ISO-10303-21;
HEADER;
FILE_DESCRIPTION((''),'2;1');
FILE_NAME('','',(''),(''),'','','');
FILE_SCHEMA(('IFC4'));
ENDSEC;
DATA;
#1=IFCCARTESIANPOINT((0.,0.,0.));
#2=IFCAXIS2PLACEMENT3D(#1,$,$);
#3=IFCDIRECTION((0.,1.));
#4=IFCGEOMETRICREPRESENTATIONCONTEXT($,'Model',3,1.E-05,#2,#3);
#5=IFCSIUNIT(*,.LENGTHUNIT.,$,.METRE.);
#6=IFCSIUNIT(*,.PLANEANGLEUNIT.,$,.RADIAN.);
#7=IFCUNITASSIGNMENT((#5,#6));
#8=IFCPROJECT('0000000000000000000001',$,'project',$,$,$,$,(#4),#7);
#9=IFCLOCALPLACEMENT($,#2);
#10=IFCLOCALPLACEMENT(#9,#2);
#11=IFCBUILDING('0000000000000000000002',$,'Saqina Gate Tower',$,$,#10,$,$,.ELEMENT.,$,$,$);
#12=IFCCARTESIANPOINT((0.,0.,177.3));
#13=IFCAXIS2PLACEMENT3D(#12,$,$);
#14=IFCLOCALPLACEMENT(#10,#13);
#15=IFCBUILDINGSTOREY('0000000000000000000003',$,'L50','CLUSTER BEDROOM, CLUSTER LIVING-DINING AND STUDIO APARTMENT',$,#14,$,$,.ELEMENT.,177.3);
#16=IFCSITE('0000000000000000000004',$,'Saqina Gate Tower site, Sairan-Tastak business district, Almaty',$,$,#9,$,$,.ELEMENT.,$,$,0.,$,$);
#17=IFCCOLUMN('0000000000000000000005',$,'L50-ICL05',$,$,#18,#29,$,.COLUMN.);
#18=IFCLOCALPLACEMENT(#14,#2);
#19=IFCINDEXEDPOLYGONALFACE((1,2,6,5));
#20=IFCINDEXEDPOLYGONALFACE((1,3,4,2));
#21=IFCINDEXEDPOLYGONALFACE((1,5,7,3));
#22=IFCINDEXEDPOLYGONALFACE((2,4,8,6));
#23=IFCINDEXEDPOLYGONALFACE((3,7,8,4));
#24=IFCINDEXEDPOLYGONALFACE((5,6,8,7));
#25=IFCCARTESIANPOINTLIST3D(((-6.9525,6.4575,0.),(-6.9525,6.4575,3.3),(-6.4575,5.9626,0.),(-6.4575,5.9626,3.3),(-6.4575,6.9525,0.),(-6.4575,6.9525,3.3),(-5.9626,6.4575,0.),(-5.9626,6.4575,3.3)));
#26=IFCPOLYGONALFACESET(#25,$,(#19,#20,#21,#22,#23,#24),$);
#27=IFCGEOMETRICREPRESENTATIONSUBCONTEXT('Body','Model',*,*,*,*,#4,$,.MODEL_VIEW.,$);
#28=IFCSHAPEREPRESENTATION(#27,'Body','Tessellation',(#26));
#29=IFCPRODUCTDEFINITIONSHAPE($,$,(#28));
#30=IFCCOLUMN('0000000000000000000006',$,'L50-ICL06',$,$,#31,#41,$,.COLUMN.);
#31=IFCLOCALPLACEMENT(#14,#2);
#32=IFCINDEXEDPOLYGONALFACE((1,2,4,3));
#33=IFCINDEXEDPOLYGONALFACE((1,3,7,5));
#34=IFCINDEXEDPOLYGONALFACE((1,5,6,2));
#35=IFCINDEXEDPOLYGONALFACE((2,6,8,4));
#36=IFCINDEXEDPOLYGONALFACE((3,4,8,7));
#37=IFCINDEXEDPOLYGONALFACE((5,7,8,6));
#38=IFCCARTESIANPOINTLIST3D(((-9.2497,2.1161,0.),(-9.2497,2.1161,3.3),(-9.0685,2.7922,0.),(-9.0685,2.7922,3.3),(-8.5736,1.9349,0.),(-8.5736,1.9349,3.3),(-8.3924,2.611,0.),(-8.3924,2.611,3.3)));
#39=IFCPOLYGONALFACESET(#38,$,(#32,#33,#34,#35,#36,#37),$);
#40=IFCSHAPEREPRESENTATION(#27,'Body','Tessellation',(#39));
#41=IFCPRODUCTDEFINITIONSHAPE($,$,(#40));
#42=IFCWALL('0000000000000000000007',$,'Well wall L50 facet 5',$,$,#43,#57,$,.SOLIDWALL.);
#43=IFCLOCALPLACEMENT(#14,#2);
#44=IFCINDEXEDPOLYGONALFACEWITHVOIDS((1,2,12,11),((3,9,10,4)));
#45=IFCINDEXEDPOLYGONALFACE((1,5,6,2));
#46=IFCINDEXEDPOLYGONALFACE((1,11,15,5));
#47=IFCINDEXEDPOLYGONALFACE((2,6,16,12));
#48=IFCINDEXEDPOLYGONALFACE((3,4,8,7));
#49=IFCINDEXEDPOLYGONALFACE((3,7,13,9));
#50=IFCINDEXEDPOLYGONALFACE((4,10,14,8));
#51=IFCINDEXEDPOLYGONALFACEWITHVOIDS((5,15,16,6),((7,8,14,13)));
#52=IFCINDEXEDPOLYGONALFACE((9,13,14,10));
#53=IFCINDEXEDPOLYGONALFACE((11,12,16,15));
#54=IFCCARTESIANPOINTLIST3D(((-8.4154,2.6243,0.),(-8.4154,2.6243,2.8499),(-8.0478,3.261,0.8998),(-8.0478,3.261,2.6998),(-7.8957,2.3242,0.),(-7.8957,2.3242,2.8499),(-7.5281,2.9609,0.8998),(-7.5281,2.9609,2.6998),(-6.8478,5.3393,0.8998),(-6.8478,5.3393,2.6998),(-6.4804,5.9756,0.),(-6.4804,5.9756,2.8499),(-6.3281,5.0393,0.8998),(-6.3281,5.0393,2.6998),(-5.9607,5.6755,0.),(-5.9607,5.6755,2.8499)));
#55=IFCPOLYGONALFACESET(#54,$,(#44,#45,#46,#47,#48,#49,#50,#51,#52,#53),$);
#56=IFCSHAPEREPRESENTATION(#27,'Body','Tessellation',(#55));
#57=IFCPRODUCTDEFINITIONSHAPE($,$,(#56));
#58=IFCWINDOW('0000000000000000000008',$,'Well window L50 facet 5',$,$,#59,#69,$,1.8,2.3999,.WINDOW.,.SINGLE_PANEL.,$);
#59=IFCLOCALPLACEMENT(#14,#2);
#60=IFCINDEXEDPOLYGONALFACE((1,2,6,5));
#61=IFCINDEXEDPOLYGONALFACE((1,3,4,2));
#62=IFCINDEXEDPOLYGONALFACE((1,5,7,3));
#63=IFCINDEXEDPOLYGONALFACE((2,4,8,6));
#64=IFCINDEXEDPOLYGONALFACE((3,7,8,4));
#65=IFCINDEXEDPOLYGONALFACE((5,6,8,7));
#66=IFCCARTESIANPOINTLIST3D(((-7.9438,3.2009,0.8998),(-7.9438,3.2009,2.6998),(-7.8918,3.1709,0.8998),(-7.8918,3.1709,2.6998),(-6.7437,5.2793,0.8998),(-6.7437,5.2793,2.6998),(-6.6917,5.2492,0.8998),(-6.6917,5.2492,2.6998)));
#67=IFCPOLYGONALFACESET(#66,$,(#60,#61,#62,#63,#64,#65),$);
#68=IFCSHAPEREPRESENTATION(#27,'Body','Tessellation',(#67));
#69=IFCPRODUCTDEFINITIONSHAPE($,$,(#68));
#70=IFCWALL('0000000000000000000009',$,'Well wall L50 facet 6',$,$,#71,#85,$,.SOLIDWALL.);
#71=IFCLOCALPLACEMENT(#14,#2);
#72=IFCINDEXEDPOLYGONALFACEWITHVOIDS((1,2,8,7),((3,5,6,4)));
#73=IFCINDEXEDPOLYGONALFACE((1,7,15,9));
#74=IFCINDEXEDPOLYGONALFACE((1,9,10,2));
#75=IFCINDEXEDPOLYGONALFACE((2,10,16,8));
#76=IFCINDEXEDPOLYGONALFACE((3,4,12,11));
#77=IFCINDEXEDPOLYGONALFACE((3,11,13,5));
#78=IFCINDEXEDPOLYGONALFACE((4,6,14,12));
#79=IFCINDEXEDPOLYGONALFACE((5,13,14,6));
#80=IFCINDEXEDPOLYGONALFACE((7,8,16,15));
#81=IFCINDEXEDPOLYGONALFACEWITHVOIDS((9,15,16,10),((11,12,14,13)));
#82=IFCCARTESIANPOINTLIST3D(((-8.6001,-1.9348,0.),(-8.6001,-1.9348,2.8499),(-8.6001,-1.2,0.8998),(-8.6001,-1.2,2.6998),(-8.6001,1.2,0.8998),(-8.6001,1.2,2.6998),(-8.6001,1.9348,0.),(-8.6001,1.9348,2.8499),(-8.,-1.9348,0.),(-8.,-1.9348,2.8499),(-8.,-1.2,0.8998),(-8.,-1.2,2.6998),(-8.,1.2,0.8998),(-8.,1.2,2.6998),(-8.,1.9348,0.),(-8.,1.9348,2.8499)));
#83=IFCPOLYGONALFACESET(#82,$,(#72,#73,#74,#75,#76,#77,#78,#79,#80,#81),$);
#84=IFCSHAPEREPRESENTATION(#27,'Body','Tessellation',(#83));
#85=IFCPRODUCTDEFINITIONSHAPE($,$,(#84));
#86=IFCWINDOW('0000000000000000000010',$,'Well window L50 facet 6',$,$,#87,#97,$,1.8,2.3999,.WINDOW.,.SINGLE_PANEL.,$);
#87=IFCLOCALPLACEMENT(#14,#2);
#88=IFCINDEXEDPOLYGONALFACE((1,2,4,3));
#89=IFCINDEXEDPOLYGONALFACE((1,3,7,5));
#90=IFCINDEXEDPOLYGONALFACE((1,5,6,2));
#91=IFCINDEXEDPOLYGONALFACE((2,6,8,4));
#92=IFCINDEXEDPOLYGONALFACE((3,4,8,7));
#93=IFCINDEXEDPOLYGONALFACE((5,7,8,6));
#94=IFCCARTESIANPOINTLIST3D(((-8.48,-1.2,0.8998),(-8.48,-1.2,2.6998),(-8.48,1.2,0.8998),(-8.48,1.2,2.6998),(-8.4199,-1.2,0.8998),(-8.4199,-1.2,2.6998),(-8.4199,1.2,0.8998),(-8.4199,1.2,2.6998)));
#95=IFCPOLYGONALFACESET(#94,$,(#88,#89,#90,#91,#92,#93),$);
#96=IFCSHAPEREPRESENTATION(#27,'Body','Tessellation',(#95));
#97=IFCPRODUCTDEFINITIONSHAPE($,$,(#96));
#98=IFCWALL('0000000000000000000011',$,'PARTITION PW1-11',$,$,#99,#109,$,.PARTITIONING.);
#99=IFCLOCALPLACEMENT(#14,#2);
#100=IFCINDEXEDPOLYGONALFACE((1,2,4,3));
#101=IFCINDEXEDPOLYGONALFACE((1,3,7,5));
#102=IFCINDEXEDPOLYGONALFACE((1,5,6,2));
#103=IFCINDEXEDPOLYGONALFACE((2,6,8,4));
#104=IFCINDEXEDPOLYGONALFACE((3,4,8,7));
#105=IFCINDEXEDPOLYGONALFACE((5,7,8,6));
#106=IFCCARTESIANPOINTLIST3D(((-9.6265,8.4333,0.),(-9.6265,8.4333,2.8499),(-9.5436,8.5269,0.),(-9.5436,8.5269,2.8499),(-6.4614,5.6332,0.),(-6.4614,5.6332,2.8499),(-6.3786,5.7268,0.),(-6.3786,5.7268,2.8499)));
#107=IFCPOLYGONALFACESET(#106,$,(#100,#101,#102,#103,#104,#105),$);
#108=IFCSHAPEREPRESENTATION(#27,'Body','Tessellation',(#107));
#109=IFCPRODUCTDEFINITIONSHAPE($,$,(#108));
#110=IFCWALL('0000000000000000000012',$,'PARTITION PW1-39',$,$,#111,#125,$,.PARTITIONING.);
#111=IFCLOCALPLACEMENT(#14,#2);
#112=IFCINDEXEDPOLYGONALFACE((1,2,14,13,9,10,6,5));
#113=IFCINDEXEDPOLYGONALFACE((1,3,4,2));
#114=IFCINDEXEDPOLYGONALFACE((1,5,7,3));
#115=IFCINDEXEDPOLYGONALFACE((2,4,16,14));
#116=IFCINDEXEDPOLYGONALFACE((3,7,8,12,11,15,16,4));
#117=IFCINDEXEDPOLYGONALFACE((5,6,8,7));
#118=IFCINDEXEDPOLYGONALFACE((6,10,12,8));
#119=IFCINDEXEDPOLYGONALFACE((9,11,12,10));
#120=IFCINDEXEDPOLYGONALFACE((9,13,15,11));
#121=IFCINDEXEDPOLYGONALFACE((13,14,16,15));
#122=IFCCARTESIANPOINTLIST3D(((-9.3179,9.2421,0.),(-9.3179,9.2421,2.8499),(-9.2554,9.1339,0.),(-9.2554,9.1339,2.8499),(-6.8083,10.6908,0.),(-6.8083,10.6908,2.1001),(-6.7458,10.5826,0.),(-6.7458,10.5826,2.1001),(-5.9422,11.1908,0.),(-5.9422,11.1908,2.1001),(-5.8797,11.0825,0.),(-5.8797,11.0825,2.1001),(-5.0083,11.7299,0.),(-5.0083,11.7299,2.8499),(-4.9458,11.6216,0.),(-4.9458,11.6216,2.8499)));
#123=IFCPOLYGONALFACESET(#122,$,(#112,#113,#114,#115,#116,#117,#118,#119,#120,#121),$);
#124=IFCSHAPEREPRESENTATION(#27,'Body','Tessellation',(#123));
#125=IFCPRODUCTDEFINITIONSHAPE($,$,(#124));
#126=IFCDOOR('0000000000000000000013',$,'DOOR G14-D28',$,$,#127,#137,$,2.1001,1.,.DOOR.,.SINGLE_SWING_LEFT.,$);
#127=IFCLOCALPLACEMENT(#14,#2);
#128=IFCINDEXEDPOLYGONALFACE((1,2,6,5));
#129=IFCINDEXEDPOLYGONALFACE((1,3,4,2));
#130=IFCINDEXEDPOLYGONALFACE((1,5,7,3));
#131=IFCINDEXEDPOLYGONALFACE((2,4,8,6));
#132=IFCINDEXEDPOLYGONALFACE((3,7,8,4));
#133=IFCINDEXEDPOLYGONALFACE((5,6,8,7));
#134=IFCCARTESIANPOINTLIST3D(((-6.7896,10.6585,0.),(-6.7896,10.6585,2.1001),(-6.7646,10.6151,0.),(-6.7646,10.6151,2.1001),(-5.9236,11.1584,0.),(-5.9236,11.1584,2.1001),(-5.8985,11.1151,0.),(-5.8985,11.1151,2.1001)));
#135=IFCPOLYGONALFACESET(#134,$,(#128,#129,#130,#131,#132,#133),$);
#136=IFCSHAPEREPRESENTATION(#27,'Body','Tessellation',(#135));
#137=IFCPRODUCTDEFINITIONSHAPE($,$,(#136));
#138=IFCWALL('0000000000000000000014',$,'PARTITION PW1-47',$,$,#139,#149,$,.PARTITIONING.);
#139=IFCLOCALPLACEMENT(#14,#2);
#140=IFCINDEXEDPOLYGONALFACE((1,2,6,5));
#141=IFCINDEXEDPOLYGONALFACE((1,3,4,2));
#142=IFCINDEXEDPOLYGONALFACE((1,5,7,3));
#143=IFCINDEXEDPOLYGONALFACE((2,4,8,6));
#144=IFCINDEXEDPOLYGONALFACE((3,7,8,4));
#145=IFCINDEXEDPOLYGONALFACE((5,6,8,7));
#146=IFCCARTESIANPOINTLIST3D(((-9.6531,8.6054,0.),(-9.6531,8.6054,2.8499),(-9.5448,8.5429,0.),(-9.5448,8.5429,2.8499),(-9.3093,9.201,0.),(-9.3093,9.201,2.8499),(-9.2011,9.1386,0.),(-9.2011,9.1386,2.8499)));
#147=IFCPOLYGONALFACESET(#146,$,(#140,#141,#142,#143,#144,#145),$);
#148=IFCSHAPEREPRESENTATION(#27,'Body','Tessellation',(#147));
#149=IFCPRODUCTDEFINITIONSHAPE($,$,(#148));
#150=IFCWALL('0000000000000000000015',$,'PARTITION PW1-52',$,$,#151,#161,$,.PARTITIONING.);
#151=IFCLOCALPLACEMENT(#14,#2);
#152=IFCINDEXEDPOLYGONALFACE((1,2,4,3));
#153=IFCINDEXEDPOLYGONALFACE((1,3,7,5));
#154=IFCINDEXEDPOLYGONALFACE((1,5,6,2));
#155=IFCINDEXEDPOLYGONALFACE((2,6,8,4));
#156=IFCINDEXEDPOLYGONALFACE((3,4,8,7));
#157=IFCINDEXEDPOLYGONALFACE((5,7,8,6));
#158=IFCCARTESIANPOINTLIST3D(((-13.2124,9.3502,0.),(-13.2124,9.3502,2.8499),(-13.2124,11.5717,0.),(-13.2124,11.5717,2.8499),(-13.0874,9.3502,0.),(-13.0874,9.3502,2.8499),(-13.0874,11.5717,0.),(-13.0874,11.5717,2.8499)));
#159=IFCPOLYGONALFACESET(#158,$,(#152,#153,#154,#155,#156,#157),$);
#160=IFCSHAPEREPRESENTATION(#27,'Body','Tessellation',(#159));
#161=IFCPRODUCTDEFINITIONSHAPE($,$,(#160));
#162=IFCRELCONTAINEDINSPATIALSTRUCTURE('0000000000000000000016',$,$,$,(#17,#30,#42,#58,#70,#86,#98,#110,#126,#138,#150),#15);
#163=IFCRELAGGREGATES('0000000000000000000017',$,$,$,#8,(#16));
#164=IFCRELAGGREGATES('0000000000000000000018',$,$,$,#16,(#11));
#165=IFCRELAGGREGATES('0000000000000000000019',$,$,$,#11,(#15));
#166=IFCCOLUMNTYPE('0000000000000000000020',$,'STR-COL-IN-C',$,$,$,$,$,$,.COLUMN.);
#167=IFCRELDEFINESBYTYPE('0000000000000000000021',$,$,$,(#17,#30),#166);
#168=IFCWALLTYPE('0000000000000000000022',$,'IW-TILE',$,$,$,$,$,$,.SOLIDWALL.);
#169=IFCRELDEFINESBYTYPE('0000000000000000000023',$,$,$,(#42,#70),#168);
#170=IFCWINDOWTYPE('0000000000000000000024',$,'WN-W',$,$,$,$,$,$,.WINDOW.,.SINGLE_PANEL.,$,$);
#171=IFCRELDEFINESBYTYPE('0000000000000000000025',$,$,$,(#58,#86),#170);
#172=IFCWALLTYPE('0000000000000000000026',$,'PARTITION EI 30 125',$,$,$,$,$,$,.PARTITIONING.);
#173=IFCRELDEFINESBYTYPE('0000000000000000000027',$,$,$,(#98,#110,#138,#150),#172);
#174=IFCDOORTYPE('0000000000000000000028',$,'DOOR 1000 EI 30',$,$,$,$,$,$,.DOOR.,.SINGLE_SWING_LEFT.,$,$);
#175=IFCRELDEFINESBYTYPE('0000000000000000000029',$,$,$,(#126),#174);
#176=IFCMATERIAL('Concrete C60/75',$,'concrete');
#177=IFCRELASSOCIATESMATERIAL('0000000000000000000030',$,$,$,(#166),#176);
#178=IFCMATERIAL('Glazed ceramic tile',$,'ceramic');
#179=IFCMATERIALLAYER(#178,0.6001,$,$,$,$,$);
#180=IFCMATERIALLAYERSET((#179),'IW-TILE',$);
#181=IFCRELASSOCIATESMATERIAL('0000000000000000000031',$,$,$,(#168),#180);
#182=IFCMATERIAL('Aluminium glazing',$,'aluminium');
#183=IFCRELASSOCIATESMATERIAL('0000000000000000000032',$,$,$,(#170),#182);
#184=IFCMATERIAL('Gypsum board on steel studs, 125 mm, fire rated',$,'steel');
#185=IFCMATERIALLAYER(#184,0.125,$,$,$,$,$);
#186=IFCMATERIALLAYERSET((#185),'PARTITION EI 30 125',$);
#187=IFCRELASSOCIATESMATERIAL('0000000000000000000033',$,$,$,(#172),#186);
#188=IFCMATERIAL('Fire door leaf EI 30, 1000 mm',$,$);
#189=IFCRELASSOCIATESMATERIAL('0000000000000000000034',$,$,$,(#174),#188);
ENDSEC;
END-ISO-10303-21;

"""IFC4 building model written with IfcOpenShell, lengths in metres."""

from ifc_helpers import new_model, si_unit, direction, frame, frame_2d, origin, origin_2d, place, context, subcontext, project, spatial, rectangle, extrude, material, layer, layer_set, material_profile, profile_set, type_object, element, fill, save


model = new_model("IFC4")

# Units and contexts
model_context = context("Model", 3, precision=1e-05, world=origin(), true_north=direction((0.0, 1.0)))
body_context = subcontext(model_context, "Body", "Model", "MODEL_VIEW")
ifc_project = project(units=[si_unit("LENGTHUNIT", "METRE"), si_unit("PLANEANGLEUNIT", "RADIAN")], contexts=[model_context])

# Site, building, storey
site_placement = place(None, origin())
site = spatial("IfcSite", under=ifc_project, at=site_placement, Name="Saqina Gate Tower site, Sairan-Tastak business district, Almaty", CompositionType="ELEMENT", RefElevation=0.0)
building_placement = place(site_placement, origin())
building = spatial("IfcBuilding", under=site, at=building_placement, Name="Saqina Gate Tower", CompositionType="ELEMENT")
storey_placement = place(building_placement, frame((0.0, 0.0, 177.3)))
storey = spatial("IfcBuildingStorey", under=building, at=storey_placement, Name="L50", Description="CLUSTER BEDROOM, CLUSTER LIVING-DINING AND STUDIO APARTMENT", CompositionType="ELEMENT", Elevation=177.3)

# Columns
ifc_material_1 = material(Name="Concrete C60/75", Category="concrete")
ifc_material_profile = material_profile(ifc_material_1, rectangle(XDim=0.7, YDim=0.7, at=origin_2d()), Name="RC 700x700")
ifc_profile_set = profile_set([ifc_material_profile], Name="Concrete C60/75")
column_type = type_object("IfcColumnType", Name="STR-COL-IN-C", PredefinedType="COLUMN", material=ifc_profile_set)
for number, where, z_axis, x_axis, name in (
    (1, (-6.4575, 6.4575, 0.0), (0.0, 0.0, 1.0), (-0.707107, 0.707107, 0.0), "L50-ICL05"),
    (2, (-8.821, 2.3635, 0.0), (0.0, 0.0, 1.0), (-0.965926, 0.258819, 0.0), "L50-ICL06"),
):
    element("IfcColumn", number, at=place(storey_placement, frame(where, z_axis=z_axis, x_axis=x_axis)), inside=storey, type_object=column_type, Name=name, PredefinedType="COLUMN", context=body_context, shape_type="SweptSolid", body=[
        extrude(rectangle(XDim=0.7, YDim=0.7, at=origin_2d()), origin(), (0.0, 0.0, 1.0), 3.3),
    ])

# Walls, openings, windows
ifc_material_2 = material(Name="Glazed ceramic tile", Category="ceramic")
ifc_layer_1 = layer(ifc_material_2, 0.6001)
ifc_layer_set_1 = layer_set([ifc_layer_1], Name="IW-TILE")
wall_type_1 = type_object("IfcWallType", Name="IW-TILE", PredefinedType="SOLIDWALL", material=ifc_layer_set_1)
wall_1_placement = place(storey_placement, frame((-6.2205, 5.8257, 0.0), z_axis=(0.0, 0.0, 1.0), x_axis=(-0.500034, -0.866006, 0.0)))
wall_1 = element("IfcWall", 3, at=wall_1_placement, inside=storey, type_object=wall_type_1, Name="Well wall L50 facet 5", PredefinedType="SOLIDWALL", context=body_context, shape_type="SweptSolid", body=[
    extrude(rectangle(XDim=3.8699, YDim=0.6001, at=frame_2d((1.9351, 0.0))), origin(), (0.0, 0.0, 1.0), 2.8499),
])
opening_1_placement = place(wall_1_placement, frame((0.7349, 0.0, 0.8999)))
opening_1 = element("IfcOpeningElement", 4, at=opening_1_placement, cuts=wall_1, PredefinedType="OPENING", context=body_context, shape_type="SweptSolid", body=[
    extrude(rectangle(XDim=2.3999, YDim=1.8, at=frame_2d((1.2, 0.8999))), frame((0.0, 0.312, 0.0), z_axis=(0.0, -1.0, 0.0), x_axis=(1.0, 0.0, 0.0)), (0.0, 0.0, 1.0), 0.624),
])
ifc_material_3 = material(Name="Aluminium glazing", Category="aluminium")
window_type = type_object("IfcWindowType", Name="WN-W", PartitioningType="SINGLE_PANEL", PredefinedType="WINDOW", material=ifc_material_3)
window_1_placement = place(opening_1_placement, origin())
window_1 = element("IfcWindow", 5, at=window_1_placement, inside=storey, type_object=window_type, Name="Well window L50 facet 5", OverallHeight=1.8, OverallWidth=2.3999, PartitioningType="SINGLE_PANEL", PredefinedType="WINDOW", context=body_context, shape_type="SweptSolid", body=[
    extrude(rectangle(XDim=2.3999, YDim=1.8, at=frame_2d((1.2, 0.8999))), frame((0.0, -0.1199, 0.0), z_axis=(0.0, -1.0, 0.0), x_axis=(1.0, 0.0, 0.0)), (0.0, 0.0, 1.0), 0.0601),
])
fill(opening_1, window_1)
wall_2_placement = place(storey_placement, frame((-8.3, 1.9348, 0.0), z_axis=(0.0, 0.0, 1.0), x_axis=(0.0, -1.0, 0.0)))
wall_2 = element("IfcWall", 6, at=wall_2_placement, inside=storey, type_object=wall_type_1, Name="Well wall L50 facet 6", PredefinedType="SOLIDWALL", context=body_context, shape_type="SweptSolid", body=[
    extrude(rectangle(XDim=3.8696, YDim=0.6001, at=frame_2d((1.9348, 0.0))), origin(), (0.0, 0.0, 1.0), 2.8499),
])
opening_2_placement = place(wall_2_placement, frame((0.7349, 0.0, 0.8999)))
opening_2 = element("IfcOpeningElement", 7, at=opening_2_placement, cuts=wall_2, PredefinedType="OPENING", context=body_context, shape_type="SweptSolid", body=[
    extrude(rectangle(XDim=2.3999, YDim=1.8, at=frame_2d((1.2, 0.8999))), frame((0.0, 0.312, 0.0), z_axis=(0.0, -1.0, 0.0), x_axis=(1.0, 0.0, 0.0)), (0.0, 0.0, 1.0), 0.624),
])
window_2_placement = place(opening_2_placement, origin())
window_2 = element("IfcWindow", 8, at=window_2_placement, inside=storey, type_object=window_type, Name="Well window L50 facet 6", OverallHeight=1.8, OverallWidth=2.3999, PartitioningType="SINGLE_PANEL", PredefinedType="WINDOW", context=body_context, shape_type="SweptSolid", body=[
    extrude(rectangle(XDim=2.3999, YDim=1.8, at=frame_2d((1.2, 0.8999))), frame((0.0, -0.1199, 0.0), z_axis=(0.0, -1.0, 0.0), x_axis=(1.0, 0.0, 0.0)), (0.0, 0.0, 1.0), 0.0601),
])
fill(opening_2, window_2)

# Wall
ifc_material_4 = material(Name="Gypsum board on steel studs, 125 mm, fire rated", Category="steel")
ifc_layer_2 = layer(ifc_material_4, 0.125)
ifc_layer_set_2 = layer_set([ifc_layer_2], Name="PARTITION EI 30 125")
wall_type_2 = type_object("IfcWallType", Name="PARTITION EI 30 125", PredefinedType="PARTITIONING", material=ifc_layer_set_2)
wall_3_placement = place(storey_placement, frame((-9.585, 8.48, 0.0), z_axis=(0.0, 0.0, 1.0), x_axis=(0.748972, -0.662601, 0.0)))
element("IfcWall", 9, at=wall_3_placement, inside=storey, type_object=wall_type_2, Name="PARTITION PW1-11", PredefinedType="PARTITIONING", context=body_context, shape_type="SweptSolid", body=[
    extrude(rectangle(XDim=4.2258, YDim=0.125, at=frame_2d((2.1128, 0.0))), origin(), (0.0, 0.0, 1.0), 2.8499),
])

# Wall, opening, door
wall_4_placement = place(storey_placement, frame((-9.2866, 9.188, 0.0), z_axis=(0.0, 0.0, 1.0), x_axis=(0.866055, 0.499949, 0.0)))
wall_4 = element("IfcWall", 10, at=wall_4_placement, inside=storey, type_object=wall_type_2, Name="PARTITION PW1-39", PredefinedType="PARTITIONING", context=body_context, shape_type="SweptSolid", body=[
    extrude(rectangle(XDim=4.9761, YDim=0.125, at=frame_2d((2.488, 0.0))), origin(), (0.0, 0.0, 1.0), 2.8499),
])
opening_3_placement = place(wall_4_placement, frame((2.8977, 0.0, 0.0)))
opening_3 = element("IfcOpeningElement", 11, at=opening_3_placement, cuts=wall_4, PredefinedType="OPENING", context=body_context, shape_type="SweptSolid", body=[
    extrude(rectangle(XDim=1.0, YDim=2.1001, at=frame_2d((0.5, 1.05))), frame((0.0, 0.0745, 0.0), z_axis=(0.0, -1.0, 0.0), x_axis=(1.0, 0.0, 0.0)), (0.0, 0.0, 1.0), 0.1489),
])
ifc_material_5 = material(Name="Fire door leaf EI 30, 1000 mm")
door_type_1 = type_object("IfcDoorType", Name="DOOR 1000 EI 30", OperationType="SINGLE_SWING_LEFT", PredefinedType="DOOR", material=ifc_material_5)
door_1_placement = place(opening_3_placement, frame((1.0, 0.0, 0.0), z_axis=(0.0, 0.0, 1.0), x_axis=(-1.0, 0.0, 0.0)))
door_1 = element("IfcDoor", 12, at=door_1_placement, inside=storey, type_object=door_type_1, Name="DOOR G14-D28", OperationType="SINGLE_SWING_LEFT", OverallHeight=2.1001, OverallWidth=1.0, PredefinedType="DOOR", context=body_context, shape_type="SweptSolid", body=[
    extrude(rectangle(XDim=1.0, YDim=2.1001, at=frame_2d((0.5, 1.05))), frame((0.0, 0.0249, 0.0), z_axis=(0.0, -1.0, 0.0), x_axis=(1.0, 0.0, 0.0)), (0.0, 0.0, 1.0), 0.05),
])
fill(opening_3, door_1)

# Walls
wall_5_placement = place(storey_placement, frame((-9.5989, 8.5742, 0.0), z_axis=(0.0, 0.0, 1.0), x_axis=(0.499804, 0.866138, 0.0)))
element("IfcWall", 13, at=wall_5_placement, inside=storey, type_object=wall_type_2, Name="PARTITION PW1-47", PredefinedType="PARTITIONING", context=body_context, shape_type="SweptSolid", body=[
    extrude(rectangle(XDim=0.6877, YDim=0.125, at=frame_2d((0.3438, 0.0))), origin(), (0.0, 0.0, 1.0), 2.8499),
])
wall_6_placement = place(storey_placement, frame((-13.1499, 9.3501, 0.0), z_axis=(0.0, 0.0, 1.0), x_axis=(0.0, 1.0, 0.0)))
element("IfcWall", 14, at=wall_6_placement, inside=storey, type_object=wall_type_2, Name="PARTITION PW1-52", PredefinedType="PARTITIONING", context=body_context, shape_type="SweptSolid", body=[
    extrude(rectangle(XDim=2.2214, YDim=0.125, at=frame_2d((1.1108, 0.0))), origin(), (0.0, 0.0, 1.0), 2.8499),
])

save(model, "model.ifc")
